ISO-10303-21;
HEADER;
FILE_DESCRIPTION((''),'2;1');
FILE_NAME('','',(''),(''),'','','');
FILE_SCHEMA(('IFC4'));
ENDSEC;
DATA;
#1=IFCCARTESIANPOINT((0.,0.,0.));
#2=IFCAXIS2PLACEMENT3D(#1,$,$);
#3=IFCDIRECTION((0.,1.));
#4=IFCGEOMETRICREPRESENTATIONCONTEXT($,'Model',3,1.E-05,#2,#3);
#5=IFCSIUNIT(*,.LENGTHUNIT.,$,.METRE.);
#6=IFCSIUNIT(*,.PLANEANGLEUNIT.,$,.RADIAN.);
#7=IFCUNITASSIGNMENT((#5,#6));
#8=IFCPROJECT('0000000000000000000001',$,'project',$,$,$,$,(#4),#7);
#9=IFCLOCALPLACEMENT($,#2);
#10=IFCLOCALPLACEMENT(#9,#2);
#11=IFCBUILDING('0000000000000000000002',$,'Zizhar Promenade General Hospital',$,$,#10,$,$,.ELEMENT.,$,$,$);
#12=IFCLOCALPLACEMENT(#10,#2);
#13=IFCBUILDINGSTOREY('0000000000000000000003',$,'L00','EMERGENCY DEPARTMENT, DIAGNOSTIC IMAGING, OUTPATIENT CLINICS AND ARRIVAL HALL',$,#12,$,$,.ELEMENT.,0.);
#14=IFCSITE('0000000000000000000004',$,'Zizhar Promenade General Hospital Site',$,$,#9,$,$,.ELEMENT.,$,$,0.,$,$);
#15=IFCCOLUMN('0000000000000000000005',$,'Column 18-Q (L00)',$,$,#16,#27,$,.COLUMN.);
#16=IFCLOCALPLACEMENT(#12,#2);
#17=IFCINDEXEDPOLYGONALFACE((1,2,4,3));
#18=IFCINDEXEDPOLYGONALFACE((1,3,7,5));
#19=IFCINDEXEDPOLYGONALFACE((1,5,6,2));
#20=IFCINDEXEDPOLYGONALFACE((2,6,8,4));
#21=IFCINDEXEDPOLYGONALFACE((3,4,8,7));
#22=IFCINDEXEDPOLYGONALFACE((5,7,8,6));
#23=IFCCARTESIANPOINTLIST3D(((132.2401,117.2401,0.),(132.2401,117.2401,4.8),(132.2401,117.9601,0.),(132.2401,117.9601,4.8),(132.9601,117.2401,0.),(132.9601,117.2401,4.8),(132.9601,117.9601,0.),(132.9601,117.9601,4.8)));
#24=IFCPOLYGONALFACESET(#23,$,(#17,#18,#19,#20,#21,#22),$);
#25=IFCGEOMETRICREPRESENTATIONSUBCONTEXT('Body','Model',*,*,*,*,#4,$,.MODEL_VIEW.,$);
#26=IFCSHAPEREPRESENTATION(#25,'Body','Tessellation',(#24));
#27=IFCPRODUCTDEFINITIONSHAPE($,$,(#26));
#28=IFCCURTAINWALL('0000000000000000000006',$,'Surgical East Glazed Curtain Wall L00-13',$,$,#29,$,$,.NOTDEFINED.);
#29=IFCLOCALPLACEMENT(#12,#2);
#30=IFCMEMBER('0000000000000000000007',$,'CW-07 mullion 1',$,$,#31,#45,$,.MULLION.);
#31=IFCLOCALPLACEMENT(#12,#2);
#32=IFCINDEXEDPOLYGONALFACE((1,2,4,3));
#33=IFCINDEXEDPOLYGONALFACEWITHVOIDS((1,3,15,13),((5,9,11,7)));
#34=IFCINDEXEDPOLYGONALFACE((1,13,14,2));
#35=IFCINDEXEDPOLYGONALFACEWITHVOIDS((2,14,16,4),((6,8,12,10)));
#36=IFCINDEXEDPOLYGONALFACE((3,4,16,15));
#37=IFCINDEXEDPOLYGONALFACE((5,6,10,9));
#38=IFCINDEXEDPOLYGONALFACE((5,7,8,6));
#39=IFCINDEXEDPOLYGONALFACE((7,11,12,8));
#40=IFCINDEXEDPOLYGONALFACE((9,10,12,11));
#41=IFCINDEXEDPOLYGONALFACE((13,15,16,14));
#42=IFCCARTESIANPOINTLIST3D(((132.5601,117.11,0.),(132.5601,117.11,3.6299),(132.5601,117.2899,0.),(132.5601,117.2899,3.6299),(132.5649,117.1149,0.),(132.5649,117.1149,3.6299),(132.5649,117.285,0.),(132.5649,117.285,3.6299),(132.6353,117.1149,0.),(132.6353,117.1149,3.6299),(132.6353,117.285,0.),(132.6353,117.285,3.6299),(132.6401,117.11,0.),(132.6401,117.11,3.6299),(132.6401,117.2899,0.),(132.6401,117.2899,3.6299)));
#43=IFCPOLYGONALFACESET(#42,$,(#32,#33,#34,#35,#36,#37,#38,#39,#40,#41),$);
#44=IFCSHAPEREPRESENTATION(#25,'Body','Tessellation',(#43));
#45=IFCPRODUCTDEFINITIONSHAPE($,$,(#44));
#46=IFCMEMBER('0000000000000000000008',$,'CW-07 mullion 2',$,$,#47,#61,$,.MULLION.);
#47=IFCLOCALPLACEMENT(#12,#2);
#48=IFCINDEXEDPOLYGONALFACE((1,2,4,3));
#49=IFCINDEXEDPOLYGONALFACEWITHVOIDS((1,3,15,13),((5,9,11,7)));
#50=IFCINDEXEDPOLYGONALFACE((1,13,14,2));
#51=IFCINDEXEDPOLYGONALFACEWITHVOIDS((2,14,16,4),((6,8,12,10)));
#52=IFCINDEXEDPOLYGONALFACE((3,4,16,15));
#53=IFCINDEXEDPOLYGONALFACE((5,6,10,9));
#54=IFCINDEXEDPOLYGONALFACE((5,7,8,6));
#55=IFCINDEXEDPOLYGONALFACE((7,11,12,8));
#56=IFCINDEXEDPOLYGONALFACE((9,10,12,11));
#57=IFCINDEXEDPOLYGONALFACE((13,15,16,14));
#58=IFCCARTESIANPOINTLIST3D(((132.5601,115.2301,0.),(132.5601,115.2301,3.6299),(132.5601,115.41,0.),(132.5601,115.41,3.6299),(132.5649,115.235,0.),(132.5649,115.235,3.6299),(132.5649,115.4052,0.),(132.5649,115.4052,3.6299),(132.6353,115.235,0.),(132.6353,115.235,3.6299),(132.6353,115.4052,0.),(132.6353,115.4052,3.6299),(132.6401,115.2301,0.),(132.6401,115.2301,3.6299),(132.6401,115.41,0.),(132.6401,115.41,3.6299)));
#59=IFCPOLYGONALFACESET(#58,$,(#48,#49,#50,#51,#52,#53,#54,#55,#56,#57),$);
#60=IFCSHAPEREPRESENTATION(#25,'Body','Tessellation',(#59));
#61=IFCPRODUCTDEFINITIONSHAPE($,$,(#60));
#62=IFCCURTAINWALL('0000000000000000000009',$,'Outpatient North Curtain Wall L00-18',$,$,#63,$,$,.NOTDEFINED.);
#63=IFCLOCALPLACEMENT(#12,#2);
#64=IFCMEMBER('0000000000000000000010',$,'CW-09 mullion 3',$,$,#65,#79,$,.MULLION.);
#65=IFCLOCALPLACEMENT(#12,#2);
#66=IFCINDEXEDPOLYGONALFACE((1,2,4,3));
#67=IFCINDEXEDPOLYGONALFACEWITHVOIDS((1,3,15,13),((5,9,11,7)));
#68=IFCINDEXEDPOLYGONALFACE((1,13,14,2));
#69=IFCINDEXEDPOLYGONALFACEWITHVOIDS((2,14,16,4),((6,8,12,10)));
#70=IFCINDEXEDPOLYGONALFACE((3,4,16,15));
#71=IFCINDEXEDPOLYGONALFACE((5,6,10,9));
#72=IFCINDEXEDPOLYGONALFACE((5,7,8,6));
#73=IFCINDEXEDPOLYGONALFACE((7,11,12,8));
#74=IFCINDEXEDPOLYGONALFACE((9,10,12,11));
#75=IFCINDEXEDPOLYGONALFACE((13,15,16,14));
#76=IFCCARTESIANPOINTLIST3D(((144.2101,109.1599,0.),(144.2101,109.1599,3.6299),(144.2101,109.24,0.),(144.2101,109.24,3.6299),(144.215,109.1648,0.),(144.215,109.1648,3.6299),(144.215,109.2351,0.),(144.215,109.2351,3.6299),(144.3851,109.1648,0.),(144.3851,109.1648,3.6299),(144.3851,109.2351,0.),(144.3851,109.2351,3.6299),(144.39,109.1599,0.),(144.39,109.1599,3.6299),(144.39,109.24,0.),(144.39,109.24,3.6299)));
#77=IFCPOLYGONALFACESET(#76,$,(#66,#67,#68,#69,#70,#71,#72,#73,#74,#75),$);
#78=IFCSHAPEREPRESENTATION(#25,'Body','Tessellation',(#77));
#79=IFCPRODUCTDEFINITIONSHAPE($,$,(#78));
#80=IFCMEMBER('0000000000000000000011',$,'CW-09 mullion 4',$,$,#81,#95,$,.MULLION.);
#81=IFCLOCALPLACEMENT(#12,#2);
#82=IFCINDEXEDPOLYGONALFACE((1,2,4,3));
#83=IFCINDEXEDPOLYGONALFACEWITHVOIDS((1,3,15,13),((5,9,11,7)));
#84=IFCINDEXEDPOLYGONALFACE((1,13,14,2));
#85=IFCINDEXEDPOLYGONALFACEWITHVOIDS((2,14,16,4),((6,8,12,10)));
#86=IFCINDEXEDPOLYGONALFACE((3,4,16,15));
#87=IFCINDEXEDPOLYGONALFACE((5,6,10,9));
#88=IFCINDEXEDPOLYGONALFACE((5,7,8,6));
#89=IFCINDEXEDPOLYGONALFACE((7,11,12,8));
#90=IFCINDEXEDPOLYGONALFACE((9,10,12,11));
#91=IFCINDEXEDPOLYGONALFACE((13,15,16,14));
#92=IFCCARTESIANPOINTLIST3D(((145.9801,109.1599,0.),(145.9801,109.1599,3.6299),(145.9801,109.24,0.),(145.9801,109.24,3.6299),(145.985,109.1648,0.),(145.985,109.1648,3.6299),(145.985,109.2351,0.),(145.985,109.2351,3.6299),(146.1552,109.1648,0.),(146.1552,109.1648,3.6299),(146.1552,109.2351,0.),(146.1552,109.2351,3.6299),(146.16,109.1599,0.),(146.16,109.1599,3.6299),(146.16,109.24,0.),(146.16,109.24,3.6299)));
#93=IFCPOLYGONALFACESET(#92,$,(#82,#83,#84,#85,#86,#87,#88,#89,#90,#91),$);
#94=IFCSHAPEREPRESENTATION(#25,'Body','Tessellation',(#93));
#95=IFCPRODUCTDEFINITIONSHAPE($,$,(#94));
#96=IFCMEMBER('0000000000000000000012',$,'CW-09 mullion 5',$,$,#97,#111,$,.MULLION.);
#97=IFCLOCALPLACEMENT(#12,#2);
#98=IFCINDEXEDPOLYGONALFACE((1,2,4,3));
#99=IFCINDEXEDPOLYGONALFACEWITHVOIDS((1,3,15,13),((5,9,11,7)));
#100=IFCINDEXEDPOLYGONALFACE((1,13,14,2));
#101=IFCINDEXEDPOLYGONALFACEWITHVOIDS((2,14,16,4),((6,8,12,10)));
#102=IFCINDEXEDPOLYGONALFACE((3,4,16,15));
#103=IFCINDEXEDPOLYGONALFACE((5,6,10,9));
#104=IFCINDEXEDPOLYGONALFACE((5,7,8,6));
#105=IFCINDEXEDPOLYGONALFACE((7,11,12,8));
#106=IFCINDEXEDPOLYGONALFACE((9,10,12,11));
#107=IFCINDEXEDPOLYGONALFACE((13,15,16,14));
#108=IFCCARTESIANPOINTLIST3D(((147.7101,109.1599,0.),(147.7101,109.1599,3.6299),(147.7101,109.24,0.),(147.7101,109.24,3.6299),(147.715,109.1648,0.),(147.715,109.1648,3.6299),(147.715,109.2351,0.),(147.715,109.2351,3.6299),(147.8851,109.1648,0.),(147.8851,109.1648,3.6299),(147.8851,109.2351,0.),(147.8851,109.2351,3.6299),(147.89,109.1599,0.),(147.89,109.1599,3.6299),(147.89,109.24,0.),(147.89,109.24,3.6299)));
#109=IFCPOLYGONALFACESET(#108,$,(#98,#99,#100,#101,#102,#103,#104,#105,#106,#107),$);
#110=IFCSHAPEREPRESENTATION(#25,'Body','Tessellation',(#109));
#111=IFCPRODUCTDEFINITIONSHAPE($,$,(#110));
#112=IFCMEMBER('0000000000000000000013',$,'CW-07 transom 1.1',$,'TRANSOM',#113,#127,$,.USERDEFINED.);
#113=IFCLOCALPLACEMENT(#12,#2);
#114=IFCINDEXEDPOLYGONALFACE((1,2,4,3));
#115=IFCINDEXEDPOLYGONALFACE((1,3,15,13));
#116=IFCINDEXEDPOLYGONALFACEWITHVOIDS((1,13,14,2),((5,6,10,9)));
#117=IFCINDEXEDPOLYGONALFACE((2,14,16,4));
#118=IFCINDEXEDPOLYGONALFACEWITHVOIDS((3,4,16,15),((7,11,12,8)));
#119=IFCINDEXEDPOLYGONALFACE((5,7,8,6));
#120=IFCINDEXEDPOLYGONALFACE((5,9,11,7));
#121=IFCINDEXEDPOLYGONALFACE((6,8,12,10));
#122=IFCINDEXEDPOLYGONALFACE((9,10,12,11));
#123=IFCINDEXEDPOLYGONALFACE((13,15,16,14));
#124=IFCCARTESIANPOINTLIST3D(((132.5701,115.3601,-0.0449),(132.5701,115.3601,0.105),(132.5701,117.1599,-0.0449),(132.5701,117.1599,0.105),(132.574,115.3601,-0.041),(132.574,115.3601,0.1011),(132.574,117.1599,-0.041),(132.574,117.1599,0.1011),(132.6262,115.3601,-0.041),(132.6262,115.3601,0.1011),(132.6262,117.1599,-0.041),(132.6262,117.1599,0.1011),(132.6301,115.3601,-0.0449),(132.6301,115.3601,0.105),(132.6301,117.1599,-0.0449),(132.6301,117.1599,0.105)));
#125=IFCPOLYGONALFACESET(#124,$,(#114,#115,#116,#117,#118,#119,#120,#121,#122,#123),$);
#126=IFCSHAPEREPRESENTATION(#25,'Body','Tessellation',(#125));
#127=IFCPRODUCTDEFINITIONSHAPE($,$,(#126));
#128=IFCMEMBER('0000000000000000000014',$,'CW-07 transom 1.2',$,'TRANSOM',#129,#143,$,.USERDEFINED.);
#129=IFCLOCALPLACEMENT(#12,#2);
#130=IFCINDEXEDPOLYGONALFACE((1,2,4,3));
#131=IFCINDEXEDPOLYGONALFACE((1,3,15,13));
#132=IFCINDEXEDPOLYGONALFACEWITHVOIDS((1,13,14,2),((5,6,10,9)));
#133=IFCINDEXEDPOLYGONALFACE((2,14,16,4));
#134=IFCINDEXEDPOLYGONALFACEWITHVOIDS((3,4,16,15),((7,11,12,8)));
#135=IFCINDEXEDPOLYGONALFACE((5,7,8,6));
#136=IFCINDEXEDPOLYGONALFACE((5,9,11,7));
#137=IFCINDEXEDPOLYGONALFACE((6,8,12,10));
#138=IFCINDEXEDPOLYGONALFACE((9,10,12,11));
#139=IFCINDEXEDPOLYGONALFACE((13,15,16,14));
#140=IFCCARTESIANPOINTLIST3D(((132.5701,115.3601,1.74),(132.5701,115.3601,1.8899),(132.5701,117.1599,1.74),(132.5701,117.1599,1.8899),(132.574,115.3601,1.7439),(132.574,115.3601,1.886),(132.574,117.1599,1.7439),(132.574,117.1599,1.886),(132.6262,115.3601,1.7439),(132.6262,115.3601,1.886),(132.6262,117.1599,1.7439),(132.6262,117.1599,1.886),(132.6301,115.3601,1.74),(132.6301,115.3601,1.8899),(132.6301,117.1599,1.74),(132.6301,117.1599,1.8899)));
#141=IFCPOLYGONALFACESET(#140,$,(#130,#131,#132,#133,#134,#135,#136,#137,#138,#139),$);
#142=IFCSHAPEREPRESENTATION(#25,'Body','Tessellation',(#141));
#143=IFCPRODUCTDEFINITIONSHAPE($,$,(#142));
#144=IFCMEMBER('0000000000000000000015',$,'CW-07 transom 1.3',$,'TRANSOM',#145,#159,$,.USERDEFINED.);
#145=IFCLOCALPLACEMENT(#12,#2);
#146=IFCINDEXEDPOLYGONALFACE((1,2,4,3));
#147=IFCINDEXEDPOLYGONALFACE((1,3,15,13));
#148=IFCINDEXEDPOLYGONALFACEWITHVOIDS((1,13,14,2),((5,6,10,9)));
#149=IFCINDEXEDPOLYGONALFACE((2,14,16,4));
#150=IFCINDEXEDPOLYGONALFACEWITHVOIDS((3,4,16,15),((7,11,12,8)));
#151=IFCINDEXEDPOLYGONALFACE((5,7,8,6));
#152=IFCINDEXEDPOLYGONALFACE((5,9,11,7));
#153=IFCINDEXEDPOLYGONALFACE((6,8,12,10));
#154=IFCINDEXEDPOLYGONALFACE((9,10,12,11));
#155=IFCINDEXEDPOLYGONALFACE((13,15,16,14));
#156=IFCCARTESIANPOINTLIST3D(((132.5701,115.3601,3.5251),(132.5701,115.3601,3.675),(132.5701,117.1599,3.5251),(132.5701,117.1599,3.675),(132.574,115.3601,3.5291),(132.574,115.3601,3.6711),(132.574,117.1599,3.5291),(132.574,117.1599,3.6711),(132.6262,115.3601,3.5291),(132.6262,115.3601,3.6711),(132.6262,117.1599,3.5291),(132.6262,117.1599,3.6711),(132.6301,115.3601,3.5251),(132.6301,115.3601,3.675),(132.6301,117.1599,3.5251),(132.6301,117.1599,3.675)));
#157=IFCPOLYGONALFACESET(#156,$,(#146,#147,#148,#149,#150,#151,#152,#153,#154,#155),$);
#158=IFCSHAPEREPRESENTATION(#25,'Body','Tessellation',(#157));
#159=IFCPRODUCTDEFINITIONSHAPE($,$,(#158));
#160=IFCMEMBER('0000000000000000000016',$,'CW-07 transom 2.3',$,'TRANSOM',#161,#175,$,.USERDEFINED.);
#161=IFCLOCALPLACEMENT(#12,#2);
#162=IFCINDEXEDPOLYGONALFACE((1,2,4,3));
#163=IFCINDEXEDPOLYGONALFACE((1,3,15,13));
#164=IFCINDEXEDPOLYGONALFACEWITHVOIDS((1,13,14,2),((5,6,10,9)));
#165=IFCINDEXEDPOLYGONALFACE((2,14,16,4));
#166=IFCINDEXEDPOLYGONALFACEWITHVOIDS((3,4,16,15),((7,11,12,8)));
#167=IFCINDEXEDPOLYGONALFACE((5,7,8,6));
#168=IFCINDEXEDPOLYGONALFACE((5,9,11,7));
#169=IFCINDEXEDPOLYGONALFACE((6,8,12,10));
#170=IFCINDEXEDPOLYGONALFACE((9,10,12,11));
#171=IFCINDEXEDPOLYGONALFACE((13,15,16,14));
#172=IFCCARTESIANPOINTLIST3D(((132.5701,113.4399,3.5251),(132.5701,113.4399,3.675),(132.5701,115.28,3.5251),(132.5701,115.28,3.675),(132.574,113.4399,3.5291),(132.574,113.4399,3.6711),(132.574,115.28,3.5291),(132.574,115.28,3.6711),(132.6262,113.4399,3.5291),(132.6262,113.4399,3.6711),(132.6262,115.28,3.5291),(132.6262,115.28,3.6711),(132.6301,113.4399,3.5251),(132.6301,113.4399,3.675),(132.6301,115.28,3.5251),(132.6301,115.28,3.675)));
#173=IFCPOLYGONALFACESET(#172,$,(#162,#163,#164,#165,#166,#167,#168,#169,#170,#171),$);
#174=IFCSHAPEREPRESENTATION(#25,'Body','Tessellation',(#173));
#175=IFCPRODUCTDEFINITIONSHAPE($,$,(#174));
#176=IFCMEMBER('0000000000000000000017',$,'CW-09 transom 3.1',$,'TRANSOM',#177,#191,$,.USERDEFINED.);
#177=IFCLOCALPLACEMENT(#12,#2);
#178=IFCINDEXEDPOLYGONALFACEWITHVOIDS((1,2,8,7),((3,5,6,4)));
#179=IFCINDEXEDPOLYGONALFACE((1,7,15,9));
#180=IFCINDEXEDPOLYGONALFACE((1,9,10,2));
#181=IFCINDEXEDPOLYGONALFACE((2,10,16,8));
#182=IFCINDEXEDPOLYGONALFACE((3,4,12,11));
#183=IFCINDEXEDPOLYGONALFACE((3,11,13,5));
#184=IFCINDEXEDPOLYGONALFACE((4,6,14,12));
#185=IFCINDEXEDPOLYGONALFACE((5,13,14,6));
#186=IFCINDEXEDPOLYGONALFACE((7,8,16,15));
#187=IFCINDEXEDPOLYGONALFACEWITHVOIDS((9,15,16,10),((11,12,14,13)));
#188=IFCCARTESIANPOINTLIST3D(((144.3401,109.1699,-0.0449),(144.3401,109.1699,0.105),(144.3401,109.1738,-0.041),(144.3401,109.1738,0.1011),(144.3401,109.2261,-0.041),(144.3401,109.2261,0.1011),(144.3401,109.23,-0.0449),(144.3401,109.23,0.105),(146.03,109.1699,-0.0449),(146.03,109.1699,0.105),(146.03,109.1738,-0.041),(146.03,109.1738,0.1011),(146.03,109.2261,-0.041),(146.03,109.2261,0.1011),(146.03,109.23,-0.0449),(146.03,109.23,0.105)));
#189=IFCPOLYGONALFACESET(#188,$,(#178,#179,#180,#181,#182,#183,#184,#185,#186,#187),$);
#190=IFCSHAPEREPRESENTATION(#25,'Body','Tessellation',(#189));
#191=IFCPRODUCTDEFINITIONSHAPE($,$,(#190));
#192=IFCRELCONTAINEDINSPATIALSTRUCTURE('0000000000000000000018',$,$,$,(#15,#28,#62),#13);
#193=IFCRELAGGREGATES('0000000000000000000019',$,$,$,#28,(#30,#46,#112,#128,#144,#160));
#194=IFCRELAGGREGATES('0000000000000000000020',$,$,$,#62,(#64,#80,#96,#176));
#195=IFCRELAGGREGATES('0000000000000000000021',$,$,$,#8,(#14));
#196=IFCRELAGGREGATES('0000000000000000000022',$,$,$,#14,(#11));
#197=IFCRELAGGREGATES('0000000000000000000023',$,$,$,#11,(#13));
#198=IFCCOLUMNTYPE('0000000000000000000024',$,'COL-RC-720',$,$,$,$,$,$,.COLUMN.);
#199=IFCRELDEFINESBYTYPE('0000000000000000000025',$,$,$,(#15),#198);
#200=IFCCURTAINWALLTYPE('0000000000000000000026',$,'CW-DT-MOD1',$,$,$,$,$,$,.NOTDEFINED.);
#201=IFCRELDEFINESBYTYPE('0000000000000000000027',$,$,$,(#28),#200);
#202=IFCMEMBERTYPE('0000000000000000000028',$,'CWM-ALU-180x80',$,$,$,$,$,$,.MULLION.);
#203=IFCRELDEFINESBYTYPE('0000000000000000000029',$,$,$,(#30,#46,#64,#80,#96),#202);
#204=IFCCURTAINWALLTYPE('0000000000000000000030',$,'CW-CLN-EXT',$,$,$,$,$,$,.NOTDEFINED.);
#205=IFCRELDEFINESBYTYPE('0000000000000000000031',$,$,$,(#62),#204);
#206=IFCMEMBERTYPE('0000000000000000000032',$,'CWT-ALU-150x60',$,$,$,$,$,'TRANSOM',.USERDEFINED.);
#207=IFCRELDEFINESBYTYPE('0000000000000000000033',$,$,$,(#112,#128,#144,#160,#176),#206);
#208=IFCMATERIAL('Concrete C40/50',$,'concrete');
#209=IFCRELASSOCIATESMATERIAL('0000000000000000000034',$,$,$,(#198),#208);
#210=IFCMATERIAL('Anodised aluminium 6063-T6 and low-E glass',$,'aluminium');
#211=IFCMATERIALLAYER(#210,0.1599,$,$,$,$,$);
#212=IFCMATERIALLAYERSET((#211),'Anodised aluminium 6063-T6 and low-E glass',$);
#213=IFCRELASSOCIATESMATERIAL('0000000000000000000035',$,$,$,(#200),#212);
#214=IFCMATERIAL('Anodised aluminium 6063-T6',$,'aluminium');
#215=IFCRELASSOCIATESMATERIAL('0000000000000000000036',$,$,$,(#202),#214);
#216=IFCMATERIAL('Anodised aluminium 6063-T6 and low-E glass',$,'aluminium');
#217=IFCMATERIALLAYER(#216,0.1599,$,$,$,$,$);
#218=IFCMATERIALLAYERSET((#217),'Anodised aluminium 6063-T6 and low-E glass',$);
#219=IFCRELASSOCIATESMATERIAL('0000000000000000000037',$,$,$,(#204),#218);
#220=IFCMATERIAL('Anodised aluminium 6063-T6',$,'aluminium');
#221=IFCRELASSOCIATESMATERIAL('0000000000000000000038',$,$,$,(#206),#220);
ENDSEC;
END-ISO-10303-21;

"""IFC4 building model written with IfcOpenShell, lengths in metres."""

from ifc_helpers import new_model, si_unit, direction, frame, origin, origin_2d, place, context, subcontext, project, spatial, rectangle, hollow_rectangle, extrude, material, layer, layer_set, material_profile, profile_set, type_object, element, aggregate, save


model = new_model("IFC4")

# Units and contexts
model_context = context("Model", 3, precision=1e-05, world=origin(), true_north=direction((0.0, 1.0)))
body_context = subcontext(model_context, "Body", "Model", "MODEL_VIEW")
ifc_project = project(units=[si_unit("LENGTHUNIT", "METRE"), si_unit("PLANEANGLEUNIT", "RADIAN")], contexts=[model_context])

# Site, building, storey
site_placement = place(None, origin())
site = spatial("IfcSite", under=ifc_project, at=site_placement, Name="Zizhar Promenade General Hospital Site", CompositionType="ELEMENT", RefElevation=0.0)
building_placement = place(site_placement, origin())
building = spatial("IfcBuilding", under=site, at=building_placement, Name="Zizhar Promenade General Hospital", CompositionType="ELEMENT")
storey_placement = place(building_placement, origin())
storey = spatial("IfcBuildingStorey", under=building, at=storey_placement, Name="L00", Description="EMERGENCY DEPARTMENT, DIAGNOSTIC IMAGING, OUTPATIENT CLINICS AND ARRIVAL HALL", CompositionType="ELEMENT", Elevation=0.0)

# Column
ifc_material_1 = material(Name="Concrete C40/50", Category="concrete")
ifc_material_profile_1 = material_profile(ifc_material_1, rectangle(XDim=0.72, YDim=0.72, at=origin_2d()))
ifc_profile_set_1 = profile_set([ifc_material_profile_1], Name="Concrete C40/50")
column_type = type_object("IfcColumnType", Name="COL-RC-720", PredefinedType="COLUMN", material=ifc_profile_set_1)
column_placement = place(storey_placement, frame((132.6001, 117.6001, 0.0), z_axis=(0.0, 0.0, 1.0), x_axis=(1.0, 0.0, 0.0)))
element("IfcColumn", 1, at=column_placement, inside=storey, type_object=column_type, Name="Column 18-Q (L00)", PredefinedType="COLUMN", context=body_context, shape_type="SweptSolid", body=[
    extrude(rectangle(XDim=0.72, YDim=0.72, at=origin_2d()), origin(), (0.0, 0.0, 1.0), 4.8),
])

# Curtain walls, members
ifc_material_2 = material(Name="Anodised aluminium 6063-T6 and low-E glass", Category="aluminium")
ifc_layer_1 = layer(ifc_material_2, 0.1599)
ifc_layer_set_1 = layer_set([ifc_layer_1], Name="Anodised aluminium 6063-T6 and low-E glass")
curtain_wall_type_1 = type_object("IfcCurtainWallType", Name="CW-DT-MOD1", PredefinedType="NOTDEFINED", material=ifc_layer_set_1)
curtain_wall_1_placement = place(storey_placement, origin())
curtain_wall_1 = element("IfcCurtainWall", 2, at=curtain_wall_1_placement, inside=storey, type_object=curtain_wall_type_1, Name="Surgical East Glazed Curtain Wall L00-13", PredefinedType="NOTDEFINED")
ifc_material_3 = material(Name="Anodised aluminium 6063-T6", Category="aluminium")
ifc_material_profile_2 = material_profile(ifc_material_3, hollow_rectangle(XDim=0.0801, YDim=0.1799, WallThickness=0.0049, at=origin_2d()))
ifc_profile_set_2 = profile_set([ifc_material_profile_2], Name="Anodised aluminium 6063-T6")
member_type_1 = type_object("IfcMemberType", Name="CWM-ALU-180x80", PredefinedType="MULLION", material=ifc_profile_set_2)
member_1_placement = place(storey_placement, frame((132.6001, 117.2, 0.0), z_axis=(0.0, 0.0, 1.0), x_axis=(1.0, 0.0, 0.0)))
member_1 = element("IfcMember", 3, at=member_1_placement, type_object=member_type_1, Name="CW-07 mullion 1", PredefinedType="MULLION", context=body_context, shape_type="SweptSolid", body=[
    extrude(hollow_rectangle(XDim=0.0801, YDim=0.1799, WallThickness=0.0049, at=origin_2d()), origin(), (0.0, 0.0, 1.0), 3.6299),
])
member_2_placement = place(storey_placement, frame((132.6001, 115.3201, 0.0), z_axis=(0.0, 0.0, 1.0), x_axis=(1.0, 0.0, 0.0)))
member_2 = element("IfcMember", 4, at=member_2_placement, type_object=member_type_1, Name="CW-07 mullion 2", PredefinedType="MULLION", context=body_context, shape_type="SweptSolid", body=[
    extrude(hollow_rectangle(XDim=0.0801, YDim=0.1799, WallThickness=0.0049, at=origin_2d()), origin(), (0.0, 0.0, 1.0), 3.6299),
])
ifc_material_4 = material(Name="Anodised aluminium 6063-T6 and low-E glass", Category="aluminium")
ifc_layer_2 = layer(ifc_material_4, 0.1599)
ifc_layer_set_2 = layer_set([ifc_layer_2], Name="Anodised aluminium 6063-T6 and low-E glass")
curtain_wall_type_2 = type_object("IfcCurtainWallType", Name="CW-CLN-EXT", PredefinedType="NOTDEFINED", material=ifc_layer_set_2)
curtain_wall_2_placement = place(storey_placement, origin())
curtain_wall_2 = element("IfcCurtainWall", 5, at=curtain_wall_2_placement, inside=storey, type_object=curtain_wall_type_2, Name="Outpatient North Curtain Wall L00-18", PredefinedType="NOTDEFINED")
member_3_placement = place(storey_placement, frame((144.3, 109.2, 0.0), z_axis=(0.0, 0.0, 1.0), x_axis=(0.0, 1.0, 0.0)))
member_3 = element("IfcMember", 6, at=member_3_placement, type_object=member_type_1, Name="CW-09 mullion 3", PredefinedType="MULLION", context=body_context, shape_type="SweptSolid", body=[
    extrude(hollow_rectangle(XDim=0.0801, YDim=0.1799, WallThickness=0.0049, at=origin_2d()), origin(), (0.0, 0.0, 1.0), 3.6299),
])
member_4_placement = place(storey_placement, frame((146.0701, 109.2, 0.0), z_axis=(0.0, 0.0, 1.0), x_axis=(0.0, 1.0, 0.0)))
member_4 = element("IfcMember", 7, at=member_4_placement, type_object=member_type_1, Name="CW-09 mullion 4", PredefinedType="MULLION", context=body_context, shape_type="SweptSolid", body=[
    extrude(hollow_rectangle(XDim=0.0801, YDim=0.1799, WallThickness=0.0049, at=origin_2d()), origin(), (0.0, 0.0, 1.0), 3.6299),
])
member_5_placement = place(storey_placement, frame((147.8, 109.2, 0.0), z_axis=(0.0, 0.0, 1.0), x_axis=(0.0, 1.0, 0.0)))
member_5 = element("IfcMember", 8, at=member_5_placement, type_object=member_type_1, Name="CW-09 mullion 5", PredefinedType="MULLION", context=body_context, shape_type="SweptSolid", body=[
    extrude(hollow_rectangle(XDim=0.0801, YDim=0.1799, WallThickness=0.0049, at=origin_2d()), origin(), (0.0, 0.0, 1.0), 3.6299),
])

# Members
ifc_material_5 = material(Name="Anodised aluminium 6063-T6", Category="aluminium")
ifc_material_profile_3 = material_profile(ifc_material_5, hollow_rectangle(XDim=0.0601, YDim=0.1499, WallThickness=0.0039, at=origin_2d()))
ifc_profile_set_3 = profile_set([ifc_material_profile_3], Name="Anodised aluminium 6063-T6")
member_type_2 = type_object("IfcMemberType", Name="CWT-ALU-150x60", ElementType="TRANSOM", PredefinedType="USERDEFINED", material=ifc_profile_set_3)
member_6_placement = place(storey_placement, frame((132.6001, 117.1599, 0.03), z_axis=(0.0, -1.0, 0.0), x_axis=(1.0, 0.0, 0.0)))
member_6 = element("IfcMember", 9, at=member_6_placement, type_object=member_type_2, Name="CW-07 transom 1.1", ObjectType="TRANSOM", PredefinedType="USERDEFINED", context=body_context, shape_type="SweptSolid", body=[
    extrude(hollow_rectangle(XDim=0.0601, YDim=0.1499, WallThickness=0.0039, at=origin_2d()), origin(), (0.0, 0.0, 1.0), 1.7998),
])
member_7_placement = place(storey_placement, frame((132.6001, 117.1599, 1.8149), z_axis=(0.0, -1.0, 0.0), x_axis=(1.0, 0.0, 0.0)))
member_7 = element("IfcMember", 10, at=member_7_placement, type_object=member_type_2, Name="CW-07 transom 1.2", ObjectType="TRANSOM", PredefinedType="USERDEFINED", context=body_context, shape_type="SweptSolid", body=[
    extrude(hollow_rectangle(XDim=0.0601, YDim=0.1499, WallThickness=0.0039, at=origin_2d()), origin(), (0.0, 0.0, 1.0), 1.7998),
])
member_8_placement = place(storey_placement, frame((132.6001, 117.1599, 3.6001), z_axis=(0.0, -1.0, 0.0), x_axis=(1.0, 0.0, 0.0)))
member_8 = element("IfcMember", 11, at=member_8_placement, type_object=member_type_2, Name="CW-07 transom 1.3", ObjectType="TRANSOM", PredefinedType="USERDEFINED", context=body_context, shape_type="SweptSolid", body=[
    extrude(hollow_rectangle(XDim=0.0601, YDim=0.1499, WallThickness=0.0039, at=origin_2d()), origin(), (0.0, 0.0, 1.0), 1.7998),
])
member_9_placement = place(storey_placement, frame((132.6001, 115.28, 3.6001), z_axis=(0.0, -1.0, 0.0), x_axis=(1.0, 0.0, 0.0)))
member_9 = element("IfcMember", 12, at=member_9_placement, type_object=member_type_2, Name="CW-07 transom 2.3", ObjectType="TRANSOM", PredefinedType="USERDEFINED", context=body_context, shape_type="SweptSolid", body=[
    extrude(hollow_rectangle(XDim=0.0601, YDim=0.1499, WallThickness=0.0039, at=origin_2d()), origin(), (0.0, 0.0, 1.0), 1.8401),
])
member_10_placement = place(storey_placement, frame((144.3401, 109.2, 0.03), z_axis=(1.0, 0.0, 0.0), x_axis=(0.0, 1.0, 0.0)))
member_10 = element("IfcMember", 13, at=member_10_placement, type_object=member_type_2, Name="CW-09 transom 3.1", ObjectType="TRANSOM", PredefinedType="USERDEFINED", context=body_context, shape_type="SweptSolid", body=[
    extrude(hollow_rectangle(XDim=0.0601, YDim=0.1499, WallThickness=0.0039, at=origin_2d()), origin(), (0.0, 0.0, 1.0), 1.6899),
])

aggregate(curtain_wall_1, [member_1, member_2, member_6, member_7, member_8, member_9])
aggregate(curtain_wall_2, [member_3, member_4, member_5, member_10])

save(model, "model.ifc")
